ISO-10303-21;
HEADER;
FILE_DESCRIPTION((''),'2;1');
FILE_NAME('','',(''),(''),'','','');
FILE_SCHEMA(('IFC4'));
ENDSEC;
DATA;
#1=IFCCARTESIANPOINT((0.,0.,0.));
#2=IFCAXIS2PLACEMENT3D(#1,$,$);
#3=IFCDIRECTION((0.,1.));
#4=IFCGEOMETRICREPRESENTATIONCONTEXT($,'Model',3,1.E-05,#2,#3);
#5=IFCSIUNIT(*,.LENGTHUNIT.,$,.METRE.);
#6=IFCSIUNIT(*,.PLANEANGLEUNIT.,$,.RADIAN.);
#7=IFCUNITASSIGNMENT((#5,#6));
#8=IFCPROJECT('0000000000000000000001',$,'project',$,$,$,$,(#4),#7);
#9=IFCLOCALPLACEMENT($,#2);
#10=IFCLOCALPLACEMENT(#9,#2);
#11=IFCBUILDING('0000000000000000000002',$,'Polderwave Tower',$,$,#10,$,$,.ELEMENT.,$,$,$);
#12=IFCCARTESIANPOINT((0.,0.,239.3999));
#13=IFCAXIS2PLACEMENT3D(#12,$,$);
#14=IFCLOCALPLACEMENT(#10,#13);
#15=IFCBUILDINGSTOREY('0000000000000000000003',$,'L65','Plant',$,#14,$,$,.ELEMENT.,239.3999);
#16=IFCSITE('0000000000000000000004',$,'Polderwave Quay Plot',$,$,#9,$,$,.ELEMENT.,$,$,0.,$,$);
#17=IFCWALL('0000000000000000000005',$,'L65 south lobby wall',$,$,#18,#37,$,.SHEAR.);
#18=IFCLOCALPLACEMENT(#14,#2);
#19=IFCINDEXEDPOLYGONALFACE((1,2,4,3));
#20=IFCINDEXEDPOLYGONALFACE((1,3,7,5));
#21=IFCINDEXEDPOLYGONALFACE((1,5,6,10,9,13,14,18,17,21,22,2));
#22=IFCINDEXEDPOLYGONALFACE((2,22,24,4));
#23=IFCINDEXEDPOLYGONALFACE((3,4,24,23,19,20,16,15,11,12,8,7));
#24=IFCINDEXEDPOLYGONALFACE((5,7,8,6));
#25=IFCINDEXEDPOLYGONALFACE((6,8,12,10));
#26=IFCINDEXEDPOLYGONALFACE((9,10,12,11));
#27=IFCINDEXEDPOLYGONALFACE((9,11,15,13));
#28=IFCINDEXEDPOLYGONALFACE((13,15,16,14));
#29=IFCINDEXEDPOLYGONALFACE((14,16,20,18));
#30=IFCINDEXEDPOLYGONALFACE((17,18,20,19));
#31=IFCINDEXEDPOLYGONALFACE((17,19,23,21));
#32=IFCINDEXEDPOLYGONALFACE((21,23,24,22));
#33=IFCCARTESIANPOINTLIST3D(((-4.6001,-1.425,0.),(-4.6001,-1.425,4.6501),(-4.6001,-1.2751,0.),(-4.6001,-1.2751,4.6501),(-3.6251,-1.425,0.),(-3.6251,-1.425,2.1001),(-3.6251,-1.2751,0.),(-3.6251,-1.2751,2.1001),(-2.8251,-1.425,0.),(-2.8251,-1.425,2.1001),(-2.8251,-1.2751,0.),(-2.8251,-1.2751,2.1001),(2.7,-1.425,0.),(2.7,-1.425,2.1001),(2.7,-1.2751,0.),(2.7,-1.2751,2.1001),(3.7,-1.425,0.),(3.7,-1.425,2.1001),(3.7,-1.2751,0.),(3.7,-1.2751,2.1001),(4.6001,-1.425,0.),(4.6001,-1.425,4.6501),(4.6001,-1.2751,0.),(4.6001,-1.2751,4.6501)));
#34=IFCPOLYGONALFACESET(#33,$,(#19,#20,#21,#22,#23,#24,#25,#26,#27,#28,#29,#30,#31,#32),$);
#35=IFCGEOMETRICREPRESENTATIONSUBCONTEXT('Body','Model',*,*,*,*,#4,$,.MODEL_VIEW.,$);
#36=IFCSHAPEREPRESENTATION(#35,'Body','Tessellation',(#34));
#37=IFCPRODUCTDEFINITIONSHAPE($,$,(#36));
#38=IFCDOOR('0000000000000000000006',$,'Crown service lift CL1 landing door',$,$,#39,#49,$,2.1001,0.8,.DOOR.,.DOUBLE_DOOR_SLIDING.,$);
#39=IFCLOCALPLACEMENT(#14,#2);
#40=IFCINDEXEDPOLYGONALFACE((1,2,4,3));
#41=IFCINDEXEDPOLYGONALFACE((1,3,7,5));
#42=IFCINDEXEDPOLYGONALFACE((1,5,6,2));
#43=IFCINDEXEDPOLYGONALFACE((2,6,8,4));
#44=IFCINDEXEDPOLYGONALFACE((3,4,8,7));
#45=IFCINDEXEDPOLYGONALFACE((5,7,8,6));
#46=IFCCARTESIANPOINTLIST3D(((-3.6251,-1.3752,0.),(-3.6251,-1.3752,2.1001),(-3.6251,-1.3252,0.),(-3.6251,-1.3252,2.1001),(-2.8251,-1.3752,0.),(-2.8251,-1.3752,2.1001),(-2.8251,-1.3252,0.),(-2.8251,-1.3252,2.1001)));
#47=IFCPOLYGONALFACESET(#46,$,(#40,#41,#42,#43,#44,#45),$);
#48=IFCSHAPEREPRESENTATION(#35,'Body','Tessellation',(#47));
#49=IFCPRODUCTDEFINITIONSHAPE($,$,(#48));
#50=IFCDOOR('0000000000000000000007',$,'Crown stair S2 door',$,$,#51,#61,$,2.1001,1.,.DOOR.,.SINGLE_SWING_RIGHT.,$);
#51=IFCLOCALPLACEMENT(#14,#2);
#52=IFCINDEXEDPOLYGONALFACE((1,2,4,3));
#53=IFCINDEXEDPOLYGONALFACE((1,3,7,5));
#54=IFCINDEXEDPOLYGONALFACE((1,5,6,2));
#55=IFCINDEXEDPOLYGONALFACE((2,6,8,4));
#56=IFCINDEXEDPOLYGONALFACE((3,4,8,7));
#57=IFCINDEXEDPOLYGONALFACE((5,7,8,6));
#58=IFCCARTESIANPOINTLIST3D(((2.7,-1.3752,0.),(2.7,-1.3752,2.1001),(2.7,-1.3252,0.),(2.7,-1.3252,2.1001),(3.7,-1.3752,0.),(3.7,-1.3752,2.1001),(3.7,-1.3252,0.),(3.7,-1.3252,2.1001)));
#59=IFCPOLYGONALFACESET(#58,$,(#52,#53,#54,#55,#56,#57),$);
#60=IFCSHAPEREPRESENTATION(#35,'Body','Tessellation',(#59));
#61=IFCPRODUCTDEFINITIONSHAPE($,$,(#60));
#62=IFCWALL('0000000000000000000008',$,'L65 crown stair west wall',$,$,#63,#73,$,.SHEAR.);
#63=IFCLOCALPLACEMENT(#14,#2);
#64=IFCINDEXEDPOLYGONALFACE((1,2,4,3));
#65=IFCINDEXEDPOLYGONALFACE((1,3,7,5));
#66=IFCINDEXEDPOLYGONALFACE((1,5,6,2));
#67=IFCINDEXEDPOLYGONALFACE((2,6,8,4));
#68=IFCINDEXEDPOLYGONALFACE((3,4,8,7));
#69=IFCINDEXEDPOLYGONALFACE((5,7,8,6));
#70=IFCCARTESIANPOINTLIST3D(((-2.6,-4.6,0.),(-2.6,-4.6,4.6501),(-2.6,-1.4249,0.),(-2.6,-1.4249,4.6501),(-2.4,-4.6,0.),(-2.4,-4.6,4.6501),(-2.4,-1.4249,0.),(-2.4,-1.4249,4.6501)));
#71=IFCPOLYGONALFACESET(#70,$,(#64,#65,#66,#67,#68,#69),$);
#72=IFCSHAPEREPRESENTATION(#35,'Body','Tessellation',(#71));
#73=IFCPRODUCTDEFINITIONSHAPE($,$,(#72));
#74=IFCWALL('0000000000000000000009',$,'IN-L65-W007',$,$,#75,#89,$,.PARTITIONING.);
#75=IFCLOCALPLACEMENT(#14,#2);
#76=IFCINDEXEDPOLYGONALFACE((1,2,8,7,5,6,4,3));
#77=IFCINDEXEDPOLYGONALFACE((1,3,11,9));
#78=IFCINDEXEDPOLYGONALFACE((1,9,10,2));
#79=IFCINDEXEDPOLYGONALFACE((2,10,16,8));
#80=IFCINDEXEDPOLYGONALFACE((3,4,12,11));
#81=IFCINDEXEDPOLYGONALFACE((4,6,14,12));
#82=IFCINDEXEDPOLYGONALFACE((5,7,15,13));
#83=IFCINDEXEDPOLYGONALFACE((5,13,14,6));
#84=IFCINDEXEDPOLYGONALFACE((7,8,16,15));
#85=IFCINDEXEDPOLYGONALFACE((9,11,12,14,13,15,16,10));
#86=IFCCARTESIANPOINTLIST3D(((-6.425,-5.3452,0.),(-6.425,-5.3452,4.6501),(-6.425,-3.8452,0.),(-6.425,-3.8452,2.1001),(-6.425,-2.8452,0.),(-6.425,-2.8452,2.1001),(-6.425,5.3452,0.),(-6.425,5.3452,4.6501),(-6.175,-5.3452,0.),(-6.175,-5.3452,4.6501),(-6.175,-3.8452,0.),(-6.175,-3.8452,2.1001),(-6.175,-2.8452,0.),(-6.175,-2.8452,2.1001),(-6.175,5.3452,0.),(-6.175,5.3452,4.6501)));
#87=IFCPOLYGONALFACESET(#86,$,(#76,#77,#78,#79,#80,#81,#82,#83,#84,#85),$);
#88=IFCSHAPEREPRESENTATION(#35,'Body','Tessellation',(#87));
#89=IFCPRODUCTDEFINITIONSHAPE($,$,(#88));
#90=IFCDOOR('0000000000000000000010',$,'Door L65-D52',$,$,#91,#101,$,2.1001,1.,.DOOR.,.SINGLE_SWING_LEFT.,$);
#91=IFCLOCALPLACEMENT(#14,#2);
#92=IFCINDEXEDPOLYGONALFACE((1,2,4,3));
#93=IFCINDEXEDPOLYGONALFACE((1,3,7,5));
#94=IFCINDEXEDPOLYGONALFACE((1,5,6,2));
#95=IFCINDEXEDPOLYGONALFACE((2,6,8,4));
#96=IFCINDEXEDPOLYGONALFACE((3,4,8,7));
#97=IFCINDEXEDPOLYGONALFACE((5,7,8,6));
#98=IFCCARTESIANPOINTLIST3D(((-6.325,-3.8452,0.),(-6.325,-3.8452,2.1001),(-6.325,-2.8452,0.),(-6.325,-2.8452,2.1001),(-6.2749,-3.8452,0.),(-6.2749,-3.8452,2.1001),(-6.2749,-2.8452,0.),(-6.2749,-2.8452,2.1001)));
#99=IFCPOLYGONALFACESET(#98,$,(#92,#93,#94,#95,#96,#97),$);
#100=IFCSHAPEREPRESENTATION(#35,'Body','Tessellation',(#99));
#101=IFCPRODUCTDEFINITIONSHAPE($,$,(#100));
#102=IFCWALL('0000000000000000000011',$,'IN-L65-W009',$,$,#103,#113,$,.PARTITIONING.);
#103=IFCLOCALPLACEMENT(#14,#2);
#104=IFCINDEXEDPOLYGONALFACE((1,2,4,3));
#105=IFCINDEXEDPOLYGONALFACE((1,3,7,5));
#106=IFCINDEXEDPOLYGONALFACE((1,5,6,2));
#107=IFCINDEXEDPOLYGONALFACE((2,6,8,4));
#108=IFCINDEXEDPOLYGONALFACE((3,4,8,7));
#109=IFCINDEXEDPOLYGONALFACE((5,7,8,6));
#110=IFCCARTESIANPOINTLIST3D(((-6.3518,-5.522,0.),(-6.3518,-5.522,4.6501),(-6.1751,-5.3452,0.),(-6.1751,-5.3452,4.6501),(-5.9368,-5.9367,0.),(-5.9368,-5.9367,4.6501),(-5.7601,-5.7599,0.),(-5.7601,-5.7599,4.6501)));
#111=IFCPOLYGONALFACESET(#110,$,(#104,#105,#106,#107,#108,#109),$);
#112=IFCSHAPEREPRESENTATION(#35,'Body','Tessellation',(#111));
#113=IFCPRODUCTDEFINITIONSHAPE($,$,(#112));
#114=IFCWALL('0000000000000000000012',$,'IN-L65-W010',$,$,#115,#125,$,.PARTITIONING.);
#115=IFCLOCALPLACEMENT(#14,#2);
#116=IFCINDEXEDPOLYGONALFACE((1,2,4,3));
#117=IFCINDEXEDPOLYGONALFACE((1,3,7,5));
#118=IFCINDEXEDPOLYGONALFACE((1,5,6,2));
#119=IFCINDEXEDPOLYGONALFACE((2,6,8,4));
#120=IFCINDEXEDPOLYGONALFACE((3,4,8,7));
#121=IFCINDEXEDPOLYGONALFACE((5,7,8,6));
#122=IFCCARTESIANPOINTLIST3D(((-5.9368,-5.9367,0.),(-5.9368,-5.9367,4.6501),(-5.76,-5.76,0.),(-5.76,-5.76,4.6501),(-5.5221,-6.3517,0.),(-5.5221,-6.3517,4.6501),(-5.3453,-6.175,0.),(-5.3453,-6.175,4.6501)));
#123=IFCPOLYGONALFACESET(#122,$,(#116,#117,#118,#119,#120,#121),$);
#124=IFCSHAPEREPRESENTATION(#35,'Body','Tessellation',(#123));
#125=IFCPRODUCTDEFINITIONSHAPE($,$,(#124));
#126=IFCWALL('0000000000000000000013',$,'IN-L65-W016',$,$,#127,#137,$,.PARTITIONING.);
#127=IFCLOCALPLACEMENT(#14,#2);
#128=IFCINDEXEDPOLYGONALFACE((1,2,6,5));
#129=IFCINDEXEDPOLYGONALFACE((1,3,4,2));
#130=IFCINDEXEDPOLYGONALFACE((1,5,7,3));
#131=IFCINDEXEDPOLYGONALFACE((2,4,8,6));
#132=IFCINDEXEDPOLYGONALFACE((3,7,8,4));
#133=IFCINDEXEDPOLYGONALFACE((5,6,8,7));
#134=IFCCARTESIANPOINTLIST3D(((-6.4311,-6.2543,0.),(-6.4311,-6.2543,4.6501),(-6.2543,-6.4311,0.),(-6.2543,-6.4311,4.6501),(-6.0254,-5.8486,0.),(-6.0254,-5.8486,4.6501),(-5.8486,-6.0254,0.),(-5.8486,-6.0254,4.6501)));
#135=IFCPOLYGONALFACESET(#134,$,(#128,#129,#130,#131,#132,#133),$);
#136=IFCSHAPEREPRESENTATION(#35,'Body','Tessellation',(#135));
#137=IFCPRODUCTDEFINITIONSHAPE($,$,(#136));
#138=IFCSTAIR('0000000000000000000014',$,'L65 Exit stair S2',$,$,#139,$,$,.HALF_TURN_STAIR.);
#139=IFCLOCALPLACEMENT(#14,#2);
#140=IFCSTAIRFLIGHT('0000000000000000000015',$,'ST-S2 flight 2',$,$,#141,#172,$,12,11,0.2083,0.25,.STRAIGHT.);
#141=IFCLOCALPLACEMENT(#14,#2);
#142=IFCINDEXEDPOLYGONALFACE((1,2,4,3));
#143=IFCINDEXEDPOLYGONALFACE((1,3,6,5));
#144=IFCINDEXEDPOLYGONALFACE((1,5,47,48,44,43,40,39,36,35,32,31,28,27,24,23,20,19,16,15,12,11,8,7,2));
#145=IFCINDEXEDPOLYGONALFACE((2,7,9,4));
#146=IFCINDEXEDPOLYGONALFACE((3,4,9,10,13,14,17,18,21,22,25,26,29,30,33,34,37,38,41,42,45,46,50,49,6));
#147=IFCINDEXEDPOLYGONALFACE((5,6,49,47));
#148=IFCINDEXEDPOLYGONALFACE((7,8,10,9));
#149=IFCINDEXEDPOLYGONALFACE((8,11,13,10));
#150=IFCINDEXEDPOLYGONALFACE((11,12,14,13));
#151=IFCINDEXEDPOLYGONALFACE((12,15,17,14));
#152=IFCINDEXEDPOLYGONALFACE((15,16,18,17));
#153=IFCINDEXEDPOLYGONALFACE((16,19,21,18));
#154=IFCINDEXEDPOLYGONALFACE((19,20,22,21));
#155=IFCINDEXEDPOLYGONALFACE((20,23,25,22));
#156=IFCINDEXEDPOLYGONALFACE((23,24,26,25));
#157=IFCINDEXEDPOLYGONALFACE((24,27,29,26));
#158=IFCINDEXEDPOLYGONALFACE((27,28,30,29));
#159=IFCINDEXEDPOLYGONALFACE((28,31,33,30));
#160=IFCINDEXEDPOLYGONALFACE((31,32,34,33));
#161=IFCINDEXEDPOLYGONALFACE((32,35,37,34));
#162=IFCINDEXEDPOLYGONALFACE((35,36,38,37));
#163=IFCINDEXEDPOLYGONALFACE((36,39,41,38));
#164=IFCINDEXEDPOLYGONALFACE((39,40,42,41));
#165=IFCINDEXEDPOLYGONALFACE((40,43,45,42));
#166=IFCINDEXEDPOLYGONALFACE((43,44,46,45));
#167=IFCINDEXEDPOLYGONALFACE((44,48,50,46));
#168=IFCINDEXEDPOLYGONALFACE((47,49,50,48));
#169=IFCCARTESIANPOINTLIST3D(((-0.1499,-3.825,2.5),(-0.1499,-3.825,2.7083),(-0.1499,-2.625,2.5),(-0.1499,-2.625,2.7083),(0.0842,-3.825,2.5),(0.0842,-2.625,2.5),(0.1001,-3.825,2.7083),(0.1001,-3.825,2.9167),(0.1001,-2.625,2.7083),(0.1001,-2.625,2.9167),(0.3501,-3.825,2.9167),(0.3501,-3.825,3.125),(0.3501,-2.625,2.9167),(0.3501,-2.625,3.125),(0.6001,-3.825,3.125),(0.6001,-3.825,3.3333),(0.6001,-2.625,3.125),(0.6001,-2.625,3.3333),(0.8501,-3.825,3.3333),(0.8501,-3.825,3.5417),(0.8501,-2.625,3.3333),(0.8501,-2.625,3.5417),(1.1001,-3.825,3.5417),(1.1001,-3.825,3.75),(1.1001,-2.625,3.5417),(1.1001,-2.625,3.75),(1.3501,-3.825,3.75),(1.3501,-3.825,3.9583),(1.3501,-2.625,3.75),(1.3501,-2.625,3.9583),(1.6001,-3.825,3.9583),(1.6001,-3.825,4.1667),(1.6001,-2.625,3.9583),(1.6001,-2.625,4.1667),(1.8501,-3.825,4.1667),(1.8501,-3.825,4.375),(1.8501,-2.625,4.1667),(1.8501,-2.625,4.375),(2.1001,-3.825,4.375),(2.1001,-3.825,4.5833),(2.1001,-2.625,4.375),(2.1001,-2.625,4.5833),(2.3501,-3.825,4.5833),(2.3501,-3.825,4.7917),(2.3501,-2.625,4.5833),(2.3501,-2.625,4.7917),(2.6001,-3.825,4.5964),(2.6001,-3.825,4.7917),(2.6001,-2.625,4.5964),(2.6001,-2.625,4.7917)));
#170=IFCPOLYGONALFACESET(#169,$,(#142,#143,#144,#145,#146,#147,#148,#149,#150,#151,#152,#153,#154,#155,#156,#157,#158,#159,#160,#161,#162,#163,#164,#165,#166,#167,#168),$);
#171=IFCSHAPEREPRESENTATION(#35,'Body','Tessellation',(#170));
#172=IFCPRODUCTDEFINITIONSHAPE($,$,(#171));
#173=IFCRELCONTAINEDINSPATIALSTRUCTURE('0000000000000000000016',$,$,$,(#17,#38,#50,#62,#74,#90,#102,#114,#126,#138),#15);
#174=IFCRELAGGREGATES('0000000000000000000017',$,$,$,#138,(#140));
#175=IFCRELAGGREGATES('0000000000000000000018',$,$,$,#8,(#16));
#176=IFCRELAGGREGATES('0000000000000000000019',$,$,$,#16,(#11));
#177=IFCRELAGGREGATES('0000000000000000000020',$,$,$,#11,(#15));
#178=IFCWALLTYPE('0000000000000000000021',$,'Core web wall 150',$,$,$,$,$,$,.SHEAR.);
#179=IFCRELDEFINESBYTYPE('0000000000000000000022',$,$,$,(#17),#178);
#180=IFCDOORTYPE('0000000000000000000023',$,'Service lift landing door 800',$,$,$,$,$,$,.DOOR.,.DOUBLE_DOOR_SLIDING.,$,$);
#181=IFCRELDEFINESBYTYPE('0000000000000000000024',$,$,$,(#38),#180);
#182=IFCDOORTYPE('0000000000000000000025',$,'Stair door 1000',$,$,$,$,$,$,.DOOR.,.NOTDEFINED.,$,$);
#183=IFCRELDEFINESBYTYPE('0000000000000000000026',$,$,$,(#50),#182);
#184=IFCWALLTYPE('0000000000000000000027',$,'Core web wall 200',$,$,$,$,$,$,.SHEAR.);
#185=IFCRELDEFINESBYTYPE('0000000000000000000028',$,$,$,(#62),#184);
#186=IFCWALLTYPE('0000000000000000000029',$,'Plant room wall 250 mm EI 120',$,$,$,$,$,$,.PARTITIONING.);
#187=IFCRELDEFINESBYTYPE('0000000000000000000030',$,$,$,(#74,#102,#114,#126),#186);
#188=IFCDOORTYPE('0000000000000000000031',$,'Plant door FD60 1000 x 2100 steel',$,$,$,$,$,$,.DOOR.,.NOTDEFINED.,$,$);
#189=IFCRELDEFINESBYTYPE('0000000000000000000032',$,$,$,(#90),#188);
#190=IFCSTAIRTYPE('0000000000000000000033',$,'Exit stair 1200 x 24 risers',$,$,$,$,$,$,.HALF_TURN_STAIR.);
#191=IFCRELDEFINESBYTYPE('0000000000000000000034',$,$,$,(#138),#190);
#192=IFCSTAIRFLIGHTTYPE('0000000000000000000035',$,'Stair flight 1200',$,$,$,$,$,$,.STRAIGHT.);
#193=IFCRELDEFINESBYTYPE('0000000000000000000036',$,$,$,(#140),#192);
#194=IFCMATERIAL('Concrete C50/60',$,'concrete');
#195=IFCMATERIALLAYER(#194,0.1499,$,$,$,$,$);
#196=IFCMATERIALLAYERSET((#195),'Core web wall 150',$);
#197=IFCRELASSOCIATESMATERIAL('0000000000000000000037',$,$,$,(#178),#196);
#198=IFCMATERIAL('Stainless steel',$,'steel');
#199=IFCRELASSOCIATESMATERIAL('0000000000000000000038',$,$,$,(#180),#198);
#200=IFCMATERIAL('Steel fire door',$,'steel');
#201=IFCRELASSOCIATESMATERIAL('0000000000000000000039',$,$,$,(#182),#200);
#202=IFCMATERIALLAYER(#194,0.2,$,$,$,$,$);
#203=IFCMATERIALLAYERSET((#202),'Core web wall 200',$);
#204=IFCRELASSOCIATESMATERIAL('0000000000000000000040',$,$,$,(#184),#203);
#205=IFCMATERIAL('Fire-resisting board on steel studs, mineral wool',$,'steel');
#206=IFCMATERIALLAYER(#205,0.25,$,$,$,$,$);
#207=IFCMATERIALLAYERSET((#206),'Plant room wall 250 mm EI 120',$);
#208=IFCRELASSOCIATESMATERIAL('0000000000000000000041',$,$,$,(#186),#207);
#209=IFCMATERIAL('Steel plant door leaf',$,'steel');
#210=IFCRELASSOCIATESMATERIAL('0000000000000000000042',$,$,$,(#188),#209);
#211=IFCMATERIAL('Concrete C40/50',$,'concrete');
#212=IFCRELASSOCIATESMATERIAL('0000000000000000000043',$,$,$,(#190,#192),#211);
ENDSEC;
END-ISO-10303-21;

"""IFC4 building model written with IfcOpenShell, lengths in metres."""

from ifc_helpers import new_model, si_unit, direction, frame, frame_2d, origin, place, context, subcontext, project, spatial, polyline, rectangle, outline, extrude, material, layer, layer_set, type_object, element, fill, aggregate, save


model = new_model("IFC4")

# Units and contexts
model_context = context("Model", 3, precision=1e-05, world=origin(), true_north=direction((0.0, 1.0)))
body_context = subcontext(model_context, "Body", "Model", "MODEL_VIEW")
ifc_project = project(units=[si_unit("LENGTHUNIT", "METRE"), si_unit("PLANEANGLEUNIT", "RADIAN")], contexts=[model_context])

# Site, building, storey
site_placement = place(None, origin())
site = spatial("IfcSite", under=ifc_project, at=site_placement, Name="Polderwave Quay Plot", CompositionType="ELEMENT", RefElevation=0.0)
building_placement = place(site_placement, origin())
building = spatial("IfcBuilding", under=site, at=building_placement, Name="Polderwave Tower", CompositionType="ELEMENT")
storey_placement = place(building_placement, frame((0.0, 0.0, 239.3999)))
storey = spatial("IfcBuildingStorey", under=building, at=storey_placement, Name="L65", Description="Plant", CompositionType="ELEMENT", Elevation=239.3999)

# Shared definitions
ifc_material_1 = material(Name="Steel fire door", Category="steel")

# Wall, openings, doors
ifc_material_2 = material(Name="Concrete C50/60", Category="concrete")
ifc_layer_1 = layer(ifc_material_2, 0.1499)
ifc_layer_set_1 = layer_set([ifc_layer_1], Name="Core web wall 150")
wall_type_1 = type_object("IfcWallType", Name="Core web wall 150", PredefinedType="SHEAR", material=ifc_layer_set_1)
wall_1_placement = place(storey_placement, frame((-4.6001, -1.3501, 0.0), z_axis=(0.0, 0.0, 1.0), x_axis=(1.0, 0.0, 0.0)))
wall_1 = element("IfcWall", 1, at=wall_1_placement, inside=storey, type_object=wall_type_1, Name="L65 south lobby wall", PredefinedType="SHEAR", context=body_context, shape_type="SweptSolid", body=[
    extrude(rectangle(XDim=9.2002, YDim=0.1499, at=frame_2d((4.6001, 0.0))), origin(), (0.0, 0.0, 1.0), 4.6501),
])
opening_1_placement = place(wall_1_placement, frame((0.9751, 0.0, 0.0)))
opening_1 = element("IfcOpeningElement", 2, at=opening_1_placement, cuts=wall_1, PredefinedType="OPENING", context=body_context, shape_type="SweptSolid", body=[
    extrude(rectangle(XDim=0.8, YDim=2.1001, at=frame_2d((0.3999, 1.05))), frame((0.0, 0.085, 0.0), z_axis=(0.0, -1.0, 0.0), x_axis=(1.0, 0.0, 0.0)), (0.0, 0.0, 1.0), 0.1699),
])
opening_2_placement = place(wall_1_placement, frame((7.3, 0.0, 0.0)))
opening_2 = element("IfcOpeningElement", 3, at=opening_2_placement, cuts=wall_1, PredefinedType="OPENING", context=body_context, shape_type="SweptSolid", body=[
    extrude(rectangle(XDim=1.0, YDim=2.1001, at=frame_2d((0.5, 1.05))), frame((0.0, 0.085, 0.0), z_axis=(0.0, -1.0, 0.0), x_axis=(1.0, 0.0, 0.0)), (0.0, 0.0, 1.0), 0.1699),
])
ifc_material_3 = material(Name="Stainless steel", Category="steel")
door_type_1 = type_object("IfcDoorType", Name="Service lift landing door 800", OperationType="DOUBLE_DOOR_SLIDING", PredefinedType="DOOR", material=ifc_material_3)
door_1_placement = place(opening_1_placement, origin())
door_1 = element("IfcDoor", 4, at=door_1_placement, inside=storey, type_object=door_type_1, Name="Crown service lift CL1 landing door", OperationType="DOUBLE_DOOR_SLIDING", OverallHeight=2.1001, OverallWidth=0.8, PredefinedType="DOOR", context=body_context, shape_type="SweptSolid", body=[
    extrude(rectangle(XDim=0.8, YDim=2.1001, at=frame_2d((0.3999, 1.05))), frame((0.0, 0.0249, 0.0), z_axis=(0.0, -1.0, 0.0), x_axis=(1.0, 0.0, 0.0)), (0.0, 0.0, 1.0), 0.05),
])
fill(opening_1, door_1)
door_type_2 = type_object("IfcDoorType", Name="Stair door 1000", OperationType="NOTDEFINED", PredefinedType="DOOR", material=ifc_material_1)
door_2_placement = place(opening_2_placement, origin())
door_2 = element("IfcDoor", 5, at=door_2_placement, inside=storey, type_object=door_type_2, Name="Crown stair S2 door", OperationType="SINGLE_SWING_RIGHT", OverallHeight=2.1001, OverallWidth=1.0, PredefinedType="DOOR", context=body_context, shape_type="SweptSolid", body=[
    extrude(rectangle(XDim=1.0, YDim=2.1001, at=frame_2d((0.5, 1.05))), frame((0.0, 0.0249, 0.0), z_axis=(0.0, -1.0, 0.0), x_axis=(1.0, 0.0, 0.0)), (0.0, 0.0, 1.0), 0.05),
])
fill(opening_2, door_2)

# Wall
ifc_layer_2 = layer(ifc_material_2, 0.2)
ifc_layer_set_2 = layer_set([ifc_layer_2], Name="Core web wall 200")
wall_type_2 = type_object("IfcWallType", Name="Core web wall 200", PredefinedType="SHEAR", material=ifc_layer_set_2)
wall_2_placement = place(storey_placement, frame((-2.5, -1.425, 0.0), z_axis=(0.0, 0.0, 1.0), x_axis=(0.0, -1.0, 0.0)))
element("IfcWall", 6, at=wall_2_placement, inside=storey, type_object=wall_type_2, Name="L65 crown stair west wall", PredefinedType="SHEAR", context=body_context, shape_type="SweptSolid", body=[
    extrude(rectangle(XDim=3.175, YDim=0.2, at=frame_2d((1.5874, 0.0))), origin(), (0.0, 0.0, 1.0), 4.6501),
])

# Wall, opening, door
ifc_material_4 = material(Name="Fire-resisting board on steel studs, mineral wool", Category="steel")
ifc_layer_3 = layer(ifc_material_4, 0.25)
ifc_layer_set_3 = layer_set([ifc_layer_3], Name="Plant room wall 250 mm EI 120")
wall_type_3 = type_object("IfcWallType", Name="Plant room wall 250 mm EI 120", PredefinedType="PARTITIONING", material=ifc_layer_set_3)
wall_3_placement = place(storey_placement, frame((-6.3, -5.3452, 0.0), z_axis=(0.0, 0.0, 1.0), x_axis=(0.0, 1.0, 0.0)))
wall_3 = element("IfcWall", 7, at=wall_3_placement, inside=storey, type_object=wall_type_3, Name="IN-L65-W007", PredefinedType="PARTITIONING", context=body_context, shape_type="SweptSolid", body=[
    extrude(rectangle(XDim=10.6904, YDim=0.25, at=frame_2d((5.3452, 0.0))), origin(), (0.0, 0.0, 1.0), 4.6501),
])
opening_3_placement = place(wall_3_placement, frame((1.5, 0.0, 0.0)))
opening_3 = element("IfcOpeningElement", 8, at=opening_3_placement, cuts=wall_3, PredefinedType="OPENING", context=body_context, shape_type="SweptSolid", body=[
    extrude(rectangle(XDim=1.0, YDim=2.1001, at=frame_2d((0.5, 1.05))), frame((0.0, 0.135, 0.0), z_axis=(0.0, -1.0, 0.0), x_axis=(1.0, 0.0, 0.0)), (0.0, 0.0, 1.0), 0.27),
])
ifc_material_5 = material(Name="Steel plant door leaf", Category="steel")
door_type_3 = type_object("IfcDoorType", Name="Plant door FD60 1000 x 2100 steel", OperationType="NOTDEFINED", PredefinedType="DOOR", material=ifc_material_5)
door_3_placement = place(opening_3_placement, origin())
door_3 = element("IfcDoor", 9, at=door_3_placement, inside=storey, type_object=door_type_3, Name="Door L65-D52", OperationType="SINGLE_SWING_LEFT", OverallHeight=2.1001, OverallWidth=1.0, PredefinedType="DOOR", context=body_context, shape_type="SweptSolid", body=[
    extrude(rectangle(XDim=1.0, YDim=2.1001, at=frame_2d((0.5, 1.05))), frame((0.0, 0.0249, 0.0), z_axis=(0.0, -1.0, 0.0), x_axis=(1.0, 0.0, 0.0)), (0.0, 0.0, 1.0), 0.05),
])
fill(opening_3, door_3)

# Walls
for number, where, z_axis, x_axis, name in (
    (10, (-5.8484, -5.8484, 0.0), (0.0, 0.0, 1.0), (-0.707315, 0.706899, 0.0), "IN-L65-W009"),
    (11, (-5.4336, -6.2634, 0.0), (0.0, 0.0, 1.0), (-0.706899, 0.707315, 0.0), "IN-L65-W010"),
):
    element("IfcWall", number, at=place(storey_placement, frame(where, z_axis=z_axis, x_axis=x_axis)), inside=storey, type_object=wall_type_3, Name=name, PredefinedType="PARTITIONING", context=body_context, shape_type="SweptSolid", body=[
        extrude(rectangle(XDim=0.5867, YDim=0.25, at=frame_2d((0.2935, 0.0))), origin(), (0.0, 0.0, 1.0), 4.6501),
    ])
wall_4_placement = place(storey_placement, frame((-5.937, -5.937, 0.0), z_axis=(0.0, 0.0, 1.0), x_axis=(-0.707107, -0.707107, 0.0)))
element("IfcWall", 12, at=wall_4_placement, inside=storey, type_object=wall_type_3, Name="IN-L65-W016", PredefinedType="PARTITIONING", context=body_context, shape_type="SweptSolid", body=[
    extrude(rectangle(XDim=0.5737, YDim=0.25, at=frame_2d((0.2869, 0.0))), origin(), (0.0, 0.0, 1.0), 4.6501),
])

# Stair, stair flight
ifc_material_6 = material(Name="Concrete C40/50", Category="concrete")
stair_type = type_object("IfcStairType", Name="Exit stair 1200 x 24 risers", PredefinedType="HALF_TURN_STAIR", material=ifc_material_6)
stair_placement = place(storey_placement, origin())
stair = element("IfcStair", 13, at=stair_placement, inside=storey, type_object=stair_type, Name="L65 Exit stair S2", PredefinedType="HALF_TURN_STAIR")
stair_flight_type = type_object("IfcStairFlightType", Name="Stair flight 1200", PredefinedType="STRAIGHT", material=ifc_material_6)
stair_flight_placement = place(storey_placement, frame((-0.1499, -3.2251, 2.5), z_axis=(0.0, 0.0, 1.0), x_axis=(1.0, 0.0, 0.0)))
stair_flight = element("IfcStairFlight", 14, at=stair_flight_placement, type_object=stair_flight_type, Name="ST-S2 flight 2", NumberOfRisers=12, NumberOfTreads=11, PredefinedType="STRAIGHT", RiserHeight=0.2083, TreadLength=0.25, context=body_context, shape_type="SweptSolid", body=[
    extrude(outline(polyline([(0.0, 0.0), (0.0, 0.2083), (0.25, 0.2083), (0.25, 0.4167), (0.5, 0.4167), (0.5, 0.625), (0.75, 0.625), (0.75, 0.8333), (1.0, 0.8333), (1.0, 1.0417), (1.25, 1.0417), (1.25, 1.25), (1.5, 1.25), (1.5, 1.4583), (1.75, 1.4583), (1.75, 1.6667), (2.0, 1.6667), (2.0, 1.875), (2.25, 1.875), (2.25, 2.0833), (2.5, 2.0833), (2.5, 2.2917), (2.75, 2.2917), (2.75, 2.5), (2.75, 2.0964), (0.2341, 0.0), (0.0, 0.0)])), frame((0.0, 0.6001, 0.0), z_axis=(0.0, -1.0, 0.0), x_axis=(1.0, 0.0, 0.0)), (0.0, 0.0, 1.0), 1.2),
])
aggregate(stair, [stair_flight])

save(model, "model.ifc")
